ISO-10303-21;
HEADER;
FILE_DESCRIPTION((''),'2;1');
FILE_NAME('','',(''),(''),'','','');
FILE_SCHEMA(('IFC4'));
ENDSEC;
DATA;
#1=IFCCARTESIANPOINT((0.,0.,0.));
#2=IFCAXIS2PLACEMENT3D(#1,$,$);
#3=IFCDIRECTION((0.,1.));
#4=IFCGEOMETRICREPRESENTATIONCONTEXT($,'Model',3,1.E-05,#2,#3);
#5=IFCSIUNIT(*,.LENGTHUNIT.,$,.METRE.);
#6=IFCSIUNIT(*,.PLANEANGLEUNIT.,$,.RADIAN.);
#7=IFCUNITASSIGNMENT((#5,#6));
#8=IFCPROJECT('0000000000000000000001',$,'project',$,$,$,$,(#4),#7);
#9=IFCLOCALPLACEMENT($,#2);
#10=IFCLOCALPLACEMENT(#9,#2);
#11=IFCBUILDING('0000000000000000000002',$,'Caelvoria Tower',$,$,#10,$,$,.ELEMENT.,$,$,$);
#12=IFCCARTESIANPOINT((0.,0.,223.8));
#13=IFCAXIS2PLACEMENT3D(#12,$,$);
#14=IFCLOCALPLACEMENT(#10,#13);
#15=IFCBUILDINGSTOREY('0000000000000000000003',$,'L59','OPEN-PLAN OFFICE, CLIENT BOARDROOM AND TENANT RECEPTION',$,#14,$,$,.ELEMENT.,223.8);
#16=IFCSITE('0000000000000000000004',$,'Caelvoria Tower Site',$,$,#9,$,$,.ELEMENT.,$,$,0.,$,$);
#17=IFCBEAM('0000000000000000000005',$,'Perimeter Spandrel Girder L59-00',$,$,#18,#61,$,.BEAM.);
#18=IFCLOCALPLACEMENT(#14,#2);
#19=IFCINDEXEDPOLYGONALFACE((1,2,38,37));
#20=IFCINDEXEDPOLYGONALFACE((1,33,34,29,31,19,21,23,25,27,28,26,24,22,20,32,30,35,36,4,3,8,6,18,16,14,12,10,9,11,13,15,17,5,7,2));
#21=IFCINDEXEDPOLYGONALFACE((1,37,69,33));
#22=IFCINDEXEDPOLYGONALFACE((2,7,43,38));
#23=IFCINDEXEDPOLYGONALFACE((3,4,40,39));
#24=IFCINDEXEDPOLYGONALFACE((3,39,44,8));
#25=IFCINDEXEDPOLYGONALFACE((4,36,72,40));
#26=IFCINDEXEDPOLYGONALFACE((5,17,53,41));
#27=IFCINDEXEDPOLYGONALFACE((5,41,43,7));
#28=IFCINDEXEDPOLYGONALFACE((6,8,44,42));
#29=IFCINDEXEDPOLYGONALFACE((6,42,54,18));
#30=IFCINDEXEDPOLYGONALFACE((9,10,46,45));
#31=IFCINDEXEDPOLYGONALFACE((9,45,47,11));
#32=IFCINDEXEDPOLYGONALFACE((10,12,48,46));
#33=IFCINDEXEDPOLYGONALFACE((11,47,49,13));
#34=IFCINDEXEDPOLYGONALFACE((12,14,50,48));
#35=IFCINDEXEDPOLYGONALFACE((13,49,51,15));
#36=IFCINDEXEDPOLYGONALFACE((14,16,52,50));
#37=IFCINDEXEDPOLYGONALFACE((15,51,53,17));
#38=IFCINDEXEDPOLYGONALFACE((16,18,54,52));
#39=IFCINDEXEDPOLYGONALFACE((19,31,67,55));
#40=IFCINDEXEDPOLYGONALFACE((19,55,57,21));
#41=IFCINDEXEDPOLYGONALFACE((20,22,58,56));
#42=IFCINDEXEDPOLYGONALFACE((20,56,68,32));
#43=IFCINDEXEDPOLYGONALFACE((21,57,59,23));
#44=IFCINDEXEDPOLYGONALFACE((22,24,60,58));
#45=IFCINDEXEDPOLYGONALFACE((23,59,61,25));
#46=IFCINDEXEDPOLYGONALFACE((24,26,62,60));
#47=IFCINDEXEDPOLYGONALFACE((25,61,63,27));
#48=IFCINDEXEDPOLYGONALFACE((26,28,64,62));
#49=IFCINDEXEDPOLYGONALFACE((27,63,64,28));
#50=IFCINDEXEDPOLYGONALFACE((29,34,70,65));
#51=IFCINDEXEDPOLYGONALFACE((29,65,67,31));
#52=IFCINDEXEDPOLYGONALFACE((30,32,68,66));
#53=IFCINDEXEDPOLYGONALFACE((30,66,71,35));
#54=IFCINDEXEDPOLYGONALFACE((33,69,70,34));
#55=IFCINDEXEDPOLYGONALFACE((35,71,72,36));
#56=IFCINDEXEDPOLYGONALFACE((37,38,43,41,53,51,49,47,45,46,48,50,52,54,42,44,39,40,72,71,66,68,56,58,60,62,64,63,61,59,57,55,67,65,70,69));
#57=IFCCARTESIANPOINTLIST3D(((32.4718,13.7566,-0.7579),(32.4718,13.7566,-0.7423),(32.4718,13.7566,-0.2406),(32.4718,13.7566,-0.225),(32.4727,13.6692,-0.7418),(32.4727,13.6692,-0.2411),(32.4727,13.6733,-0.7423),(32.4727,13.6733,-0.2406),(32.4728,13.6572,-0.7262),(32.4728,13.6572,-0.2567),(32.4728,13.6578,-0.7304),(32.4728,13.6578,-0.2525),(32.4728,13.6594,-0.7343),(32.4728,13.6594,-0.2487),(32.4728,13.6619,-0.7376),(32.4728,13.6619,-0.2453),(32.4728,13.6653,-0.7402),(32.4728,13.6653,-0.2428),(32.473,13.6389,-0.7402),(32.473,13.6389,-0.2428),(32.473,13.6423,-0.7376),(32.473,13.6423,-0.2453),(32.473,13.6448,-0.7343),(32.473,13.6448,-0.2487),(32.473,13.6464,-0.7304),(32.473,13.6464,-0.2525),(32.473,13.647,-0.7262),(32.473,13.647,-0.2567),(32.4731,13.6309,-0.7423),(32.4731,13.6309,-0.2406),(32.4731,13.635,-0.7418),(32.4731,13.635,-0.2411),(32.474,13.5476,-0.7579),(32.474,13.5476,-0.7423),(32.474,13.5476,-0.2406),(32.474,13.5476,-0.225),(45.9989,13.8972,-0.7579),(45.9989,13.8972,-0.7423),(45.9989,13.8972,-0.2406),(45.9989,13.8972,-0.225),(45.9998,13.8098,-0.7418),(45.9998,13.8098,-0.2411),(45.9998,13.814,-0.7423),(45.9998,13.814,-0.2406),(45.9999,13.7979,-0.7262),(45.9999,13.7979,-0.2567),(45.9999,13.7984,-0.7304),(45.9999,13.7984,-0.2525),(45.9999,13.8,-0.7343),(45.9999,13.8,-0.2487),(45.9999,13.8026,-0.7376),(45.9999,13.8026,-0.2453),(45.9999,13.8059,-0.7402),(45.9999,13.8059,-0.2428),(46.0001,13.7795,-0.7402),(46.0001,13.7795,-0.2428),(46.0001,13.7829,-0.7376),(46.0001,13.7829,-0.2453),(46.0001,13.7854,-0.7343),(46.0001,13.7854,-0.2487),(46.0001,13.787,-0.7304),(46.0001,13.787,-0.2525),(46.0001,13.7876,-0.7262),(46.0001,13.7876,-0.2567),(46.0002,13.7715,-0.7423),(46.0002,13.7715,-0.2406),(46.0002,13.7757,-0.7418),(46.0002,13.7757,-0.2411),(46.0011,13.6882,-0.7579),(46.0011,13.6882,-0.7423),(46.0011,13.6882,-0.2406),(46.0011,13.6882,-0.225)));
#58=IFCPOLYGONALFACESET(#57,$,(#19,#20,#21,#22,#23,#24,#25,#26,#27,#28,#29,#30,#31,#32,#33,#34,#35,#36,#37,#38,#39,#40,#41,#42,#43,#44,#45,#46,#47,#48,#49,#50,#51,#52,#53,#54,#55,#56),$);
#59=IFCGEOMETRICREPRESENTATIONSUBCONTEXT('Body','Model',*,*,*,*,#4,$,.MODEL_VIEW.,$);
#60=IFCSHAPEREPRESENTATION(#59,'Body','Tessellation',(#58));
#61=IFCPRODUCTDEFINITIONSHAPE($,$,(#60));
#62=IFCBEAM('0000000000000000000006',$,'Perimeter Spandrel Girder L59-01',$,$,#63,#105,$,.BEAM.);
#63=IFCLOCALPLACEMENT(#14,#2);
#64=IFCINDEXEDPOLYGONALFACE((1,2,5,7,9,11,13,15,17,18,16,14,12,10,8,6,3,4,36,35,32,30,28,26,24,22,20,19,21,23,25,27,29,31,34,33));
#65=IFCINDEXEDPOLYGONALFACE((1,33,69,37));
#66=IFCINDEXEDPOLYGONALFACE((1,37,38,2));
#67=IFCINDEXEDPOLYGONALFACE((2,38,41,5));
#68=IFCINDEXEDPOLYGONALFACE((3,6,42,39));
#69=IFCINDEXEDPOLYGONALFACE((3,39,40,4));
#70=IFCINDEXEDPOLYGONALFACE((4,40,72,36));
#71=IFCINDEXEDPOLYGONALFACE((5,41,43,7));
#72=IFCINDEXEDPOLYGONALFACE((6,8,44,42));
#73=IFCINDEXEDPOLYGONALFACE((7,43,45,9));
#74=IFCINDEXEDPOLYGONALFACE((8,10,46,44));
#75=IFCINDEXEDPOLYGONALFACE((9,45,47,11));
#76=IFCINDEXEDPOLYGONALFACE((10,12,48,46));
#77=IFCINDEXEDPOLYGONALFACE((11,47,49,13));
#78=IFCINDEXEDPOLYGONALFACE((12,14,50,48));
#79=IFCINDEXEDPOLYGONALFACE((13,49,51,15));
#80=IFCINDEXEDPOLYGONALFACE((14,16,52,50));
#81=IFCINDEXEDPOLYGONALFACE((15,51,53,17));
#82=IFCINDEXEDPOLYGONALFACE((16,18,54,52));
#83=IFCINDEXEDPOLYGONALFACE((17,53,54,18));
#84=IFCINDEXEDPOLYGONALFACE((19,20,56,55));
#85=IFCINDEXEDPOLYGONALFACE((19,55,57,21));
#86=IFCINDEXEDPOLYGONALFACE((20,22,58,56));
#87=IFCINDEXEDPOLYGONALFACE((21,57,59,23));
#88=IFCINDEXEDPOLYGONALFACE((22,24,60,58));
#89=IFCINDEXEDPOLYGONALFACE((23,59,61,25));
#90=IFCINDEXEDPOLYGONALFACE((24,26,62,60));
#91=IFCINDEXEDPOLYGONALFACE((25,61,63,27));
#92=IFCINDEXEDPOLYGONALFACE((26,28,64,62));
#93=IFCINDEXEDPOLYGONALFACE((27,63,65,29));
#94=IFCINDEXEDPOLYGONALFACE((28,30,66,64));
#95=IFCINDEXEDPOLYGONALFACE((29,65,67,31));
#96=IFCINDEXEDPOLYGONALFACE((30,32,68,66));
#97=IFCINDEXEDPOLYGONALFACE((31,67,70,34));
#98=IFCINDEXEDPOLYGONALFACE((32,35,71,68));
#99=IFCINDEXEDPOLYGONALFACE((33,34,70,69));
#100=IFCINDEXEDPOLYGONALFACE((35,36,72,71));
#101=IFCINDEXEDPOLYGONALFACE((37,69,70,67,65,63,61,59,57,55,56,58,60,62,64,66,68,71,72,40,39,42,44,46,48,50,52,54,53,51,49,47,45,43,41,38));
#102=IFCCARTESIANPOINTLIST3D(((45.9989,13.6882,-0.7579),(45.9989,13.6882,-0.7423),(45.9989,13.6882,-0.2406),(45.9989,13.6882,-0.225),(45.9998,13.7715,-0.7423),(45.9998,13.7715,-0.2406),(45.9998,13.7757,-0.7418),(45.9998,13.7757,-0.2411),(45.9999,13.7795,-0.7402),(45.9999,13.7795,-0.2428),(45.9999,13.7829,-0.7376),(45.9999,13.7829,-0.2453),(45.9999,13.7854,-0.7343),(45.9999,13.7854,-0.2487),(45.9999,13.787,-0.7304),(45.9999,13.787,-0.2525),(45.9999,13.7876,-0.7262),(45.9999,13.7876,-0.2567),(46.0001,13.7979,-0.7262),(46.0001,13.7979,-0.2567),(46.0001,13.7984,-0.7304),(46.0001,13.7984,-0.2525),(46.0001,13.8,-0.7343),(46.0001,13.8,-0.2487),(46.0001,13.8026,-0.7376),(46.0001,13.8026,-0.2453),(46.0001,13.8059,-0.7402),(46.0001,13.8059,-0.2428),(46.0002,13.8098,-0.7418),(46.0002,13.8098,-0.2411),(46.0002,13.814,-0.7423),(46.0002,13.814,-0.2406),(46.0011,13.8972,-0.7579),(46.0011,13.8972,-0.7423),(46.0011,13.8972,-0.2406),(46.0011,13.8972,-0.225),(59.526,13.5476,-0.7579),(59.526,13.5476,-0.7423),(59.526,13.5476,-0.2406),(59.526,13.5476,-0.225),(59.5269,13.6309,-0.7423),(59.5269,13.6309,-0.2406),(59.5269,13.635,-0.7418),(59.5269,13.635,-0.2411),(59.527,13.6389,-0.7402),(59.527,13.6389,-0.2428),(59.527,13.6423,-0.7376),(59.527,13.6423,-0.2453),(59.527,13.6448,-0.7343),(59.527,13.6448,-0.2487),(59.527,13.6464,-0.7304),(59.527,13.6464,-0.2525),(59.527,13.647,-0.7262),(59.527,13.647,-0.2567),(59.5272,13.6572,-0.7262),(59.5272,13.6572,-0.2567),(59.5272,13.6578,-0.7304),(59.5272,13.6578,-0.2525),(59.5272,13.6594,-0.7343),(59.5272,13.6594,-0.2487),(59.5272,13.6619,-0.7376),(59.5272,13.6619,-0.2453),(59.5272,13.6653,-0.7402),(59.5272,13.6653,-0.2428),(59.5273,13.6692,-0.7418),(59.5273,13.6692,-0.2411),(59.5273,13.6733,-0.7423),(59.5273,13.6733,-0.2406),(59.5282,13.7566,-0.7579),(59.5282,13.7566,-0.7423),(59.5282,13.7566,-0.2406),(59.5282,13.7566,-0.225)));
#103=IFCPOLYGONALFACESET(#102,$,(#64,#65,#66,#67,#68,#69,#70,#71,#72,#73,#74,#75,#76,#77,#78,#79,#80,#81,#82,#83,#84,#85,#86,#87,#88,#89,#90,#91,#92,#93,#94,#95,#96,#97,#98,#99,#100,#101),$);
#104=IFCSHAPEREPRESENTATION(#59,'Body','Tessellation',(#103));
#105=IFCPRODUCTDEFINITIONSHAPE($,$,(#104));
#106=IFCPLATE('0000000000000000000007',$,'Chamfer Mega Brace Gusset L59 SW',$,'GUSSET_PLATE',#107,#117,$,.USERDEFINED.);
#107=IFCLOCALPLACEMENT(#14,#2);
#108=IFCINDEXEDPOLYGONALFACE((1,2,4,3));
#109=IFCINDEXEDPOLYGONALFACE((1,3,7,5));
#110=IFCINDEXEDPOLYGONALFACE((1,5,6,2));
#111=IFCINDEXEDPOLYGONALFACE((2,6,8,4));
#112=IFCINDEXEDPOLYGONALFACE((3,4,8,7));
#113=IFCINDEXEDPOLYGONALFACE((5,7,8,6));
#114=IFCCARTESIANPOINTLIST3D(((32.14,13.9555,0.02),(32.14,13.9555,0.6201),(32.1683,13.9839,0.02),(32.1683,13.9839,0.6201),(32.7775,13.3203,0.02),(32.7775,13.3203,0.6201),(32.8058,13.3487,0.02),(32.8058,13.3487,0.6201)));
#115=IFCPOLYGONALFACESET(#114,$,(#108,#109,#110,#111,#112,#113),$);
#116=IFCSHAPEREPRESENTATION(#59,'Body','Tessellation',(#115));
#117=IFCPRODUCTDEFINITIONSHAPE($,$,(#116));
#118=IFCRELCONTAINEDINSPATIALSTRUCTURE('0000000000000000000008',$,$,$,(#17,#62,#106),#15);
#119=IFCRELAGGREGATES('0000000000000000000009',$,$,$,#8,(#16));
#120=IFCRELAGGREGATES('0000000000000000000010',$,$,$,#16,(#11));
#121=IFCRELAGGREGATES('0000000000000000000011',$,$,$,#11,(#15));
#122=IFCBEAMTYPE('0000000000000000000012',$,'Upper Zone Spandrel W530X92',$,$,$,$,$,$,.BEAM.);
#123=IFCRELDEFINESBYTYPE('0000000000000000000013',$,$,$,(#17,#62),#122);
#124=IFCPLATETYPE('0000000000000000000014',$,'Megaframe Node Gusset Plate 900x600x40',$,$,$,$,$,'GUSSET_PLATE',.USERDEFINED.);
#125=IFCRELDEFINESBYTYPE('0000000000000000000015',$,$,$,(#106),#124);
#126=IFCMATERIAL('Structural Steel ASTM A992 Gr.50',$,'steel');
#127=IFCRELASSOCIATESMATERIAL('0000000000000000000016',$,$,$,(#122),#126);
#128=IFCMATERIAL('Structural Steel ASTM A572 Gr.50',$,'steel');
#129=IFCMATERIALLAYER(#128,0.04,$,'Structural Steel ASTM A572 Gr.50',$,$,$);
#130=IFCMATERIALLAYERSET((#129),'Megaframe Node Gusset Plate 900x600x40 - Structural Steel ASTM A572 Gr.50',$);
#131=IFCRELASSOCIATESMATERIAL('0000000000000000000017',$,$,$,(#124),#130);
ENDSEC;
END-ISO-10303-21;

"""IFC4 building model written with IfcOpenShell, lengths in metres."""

from ifc_helpers import new_model, si_unit, direction, frame, origin, origin_2d, place, context, subcontext, project, spatial, rectangle, i_section, extrude, material, layer, layer_set, material_profile, profile_set, type_object, element, save


model = new_model("IFC4")

# Units and contexts
model_context = context("Model", 3, precision=1e-05, world=origin(), true_north=direction((0.0, 1.0)))
body_context = subcontext(model_context, "Body", "Model", "MODEL_VIEW")
ifc_project = project(units=[si_unit("LENGTHUNIT", "METRE"), si_unit("PLANEANGLEUNIT", "RADIAN")], contexts=[model_context])

# Site, building, storey
site_placement = place(None, origin())
site = spatial("IfcSite", under=ifc_project, at=site_placement, Name="Caelvoria Tower Site", CompositionType="ELEMENT", RefElevation=0.0)
building_placement = place(site_placement, origin())
building = spatial("IfcBuilding", under=site, at=building_placement, Name="Caelvoria Tower", CompositionType="ELEMENT")
storey_placement = place(building_placement, frame((0.0, 0.0, 223.8)))
storey = spatial("IfcBuildingStorey", under=building, at=storey_placement, Name="L59", Description="OPEN-PLAN OFFICE, CLIENT BOARDROOM AND TENANT RECEPTION", CompositionType="ELEMENT", Elevation=223.8)

# Shared definitions
ifc_material_1 = material(Name="Structural Steel ASTM A572 Gr.50", Category="steel")
ifc_material_2 = material(Name="Structural Steel ASTM A992 Gr.50", Category="steel")

# Beams
ifc_material_profile_1 = material_profile(ifc_material_2, i_section(OverallWidth=0.209, OverallDepth=0.533, WebThickness=0.0103, FlangeThickness=0.0156, FilletRadius=0.0161, at=origin_2d()), Name="Structural Steel ASTM A992 Gr.50")
ifc_profile_set_1 = profile_set([ifc_material_profile_1], Name="W530X92 - Structural Steel ASTM A992 Gr.50")
beam_type_1 = type_object("IfcBeamType", Name="Upper Zone Spandrel W530X92", PredefinedType="BEAM", material=ifc_profile_set_1)
for number, where, z_axis, x_axis, name in (
    (1, (32.4729, 13.6521, -0.4915), (0.999946, 0.010395, 0.0), (-0.010395, 0.999946, 0.0), "Perimeter Spandrel Girder L59-00"),
    (2, (46.0, 13.7927, -0.4915), (0.999946, -0.010395, 0.0), (0.010395, 0.999946, 0.0), "Perimeter Spandrel Girder L59-01"),
):
    element("IfcBeam", number, at=place(storey_placement, frame(where, z_axis=z_axis, x_axis=x_axis)), inside=storey, type_object=beam_type_1, Name=name, PredefinedType="BEAM", context=body_context, shape_type="SweptSolid", body=[
        extrude(i_section(OverallWidth=0.209, OverallDepth=0.533, WebThickness=0.0103, FlangeThickness=0.0156, FilletRadius=0.0161, at=origin_2d()), origin(), (0.0, 0.0, 1.0), 13.5278),
    ])

# Plate
ifc_layer_1 = layer(ifc_material_1, 0.04, Name="Structural Steel ASTM A572 Gr.50")
ifc_layer_set_1 = layer_set([ifc_layer_1], Name="Megaframe Node Gusset Plate 900x600x40 - Structural Steel ASTM A572 Gr.50")
plate_type = type_object("IfcPlateType", Name="Megaframe Node Gusset Plate 900x600x40", ElementType="GUSSET_PLATE", PredefinedType="USERDEFINED", material=ifc_layer_set_1)
plate_placement = place(storey_placement, frame((32.4729, 13.6521, 0.02), z_axis=(0.0, 0.0, 1.0), x_axis=(-0.708415, 0.705796, 0.0)))
element("IfcPlate", 3, at=plate_placement, inside=storey, type_object=plate_type, Name="Chamfer Mega Brace Gusset L59 SW", ObjectType="GUSSET_PLATE", PredefinedType="USERDEFINED", context=body_context, shape_type="SweptSolid", body=[
    extrude(rectangle(XDim=0.8999, YDim=0.04, at=origin_2d()), origin(), (0.0, 0.0, 1.0), 0.6001),
])

save(model, "model.ifc")
